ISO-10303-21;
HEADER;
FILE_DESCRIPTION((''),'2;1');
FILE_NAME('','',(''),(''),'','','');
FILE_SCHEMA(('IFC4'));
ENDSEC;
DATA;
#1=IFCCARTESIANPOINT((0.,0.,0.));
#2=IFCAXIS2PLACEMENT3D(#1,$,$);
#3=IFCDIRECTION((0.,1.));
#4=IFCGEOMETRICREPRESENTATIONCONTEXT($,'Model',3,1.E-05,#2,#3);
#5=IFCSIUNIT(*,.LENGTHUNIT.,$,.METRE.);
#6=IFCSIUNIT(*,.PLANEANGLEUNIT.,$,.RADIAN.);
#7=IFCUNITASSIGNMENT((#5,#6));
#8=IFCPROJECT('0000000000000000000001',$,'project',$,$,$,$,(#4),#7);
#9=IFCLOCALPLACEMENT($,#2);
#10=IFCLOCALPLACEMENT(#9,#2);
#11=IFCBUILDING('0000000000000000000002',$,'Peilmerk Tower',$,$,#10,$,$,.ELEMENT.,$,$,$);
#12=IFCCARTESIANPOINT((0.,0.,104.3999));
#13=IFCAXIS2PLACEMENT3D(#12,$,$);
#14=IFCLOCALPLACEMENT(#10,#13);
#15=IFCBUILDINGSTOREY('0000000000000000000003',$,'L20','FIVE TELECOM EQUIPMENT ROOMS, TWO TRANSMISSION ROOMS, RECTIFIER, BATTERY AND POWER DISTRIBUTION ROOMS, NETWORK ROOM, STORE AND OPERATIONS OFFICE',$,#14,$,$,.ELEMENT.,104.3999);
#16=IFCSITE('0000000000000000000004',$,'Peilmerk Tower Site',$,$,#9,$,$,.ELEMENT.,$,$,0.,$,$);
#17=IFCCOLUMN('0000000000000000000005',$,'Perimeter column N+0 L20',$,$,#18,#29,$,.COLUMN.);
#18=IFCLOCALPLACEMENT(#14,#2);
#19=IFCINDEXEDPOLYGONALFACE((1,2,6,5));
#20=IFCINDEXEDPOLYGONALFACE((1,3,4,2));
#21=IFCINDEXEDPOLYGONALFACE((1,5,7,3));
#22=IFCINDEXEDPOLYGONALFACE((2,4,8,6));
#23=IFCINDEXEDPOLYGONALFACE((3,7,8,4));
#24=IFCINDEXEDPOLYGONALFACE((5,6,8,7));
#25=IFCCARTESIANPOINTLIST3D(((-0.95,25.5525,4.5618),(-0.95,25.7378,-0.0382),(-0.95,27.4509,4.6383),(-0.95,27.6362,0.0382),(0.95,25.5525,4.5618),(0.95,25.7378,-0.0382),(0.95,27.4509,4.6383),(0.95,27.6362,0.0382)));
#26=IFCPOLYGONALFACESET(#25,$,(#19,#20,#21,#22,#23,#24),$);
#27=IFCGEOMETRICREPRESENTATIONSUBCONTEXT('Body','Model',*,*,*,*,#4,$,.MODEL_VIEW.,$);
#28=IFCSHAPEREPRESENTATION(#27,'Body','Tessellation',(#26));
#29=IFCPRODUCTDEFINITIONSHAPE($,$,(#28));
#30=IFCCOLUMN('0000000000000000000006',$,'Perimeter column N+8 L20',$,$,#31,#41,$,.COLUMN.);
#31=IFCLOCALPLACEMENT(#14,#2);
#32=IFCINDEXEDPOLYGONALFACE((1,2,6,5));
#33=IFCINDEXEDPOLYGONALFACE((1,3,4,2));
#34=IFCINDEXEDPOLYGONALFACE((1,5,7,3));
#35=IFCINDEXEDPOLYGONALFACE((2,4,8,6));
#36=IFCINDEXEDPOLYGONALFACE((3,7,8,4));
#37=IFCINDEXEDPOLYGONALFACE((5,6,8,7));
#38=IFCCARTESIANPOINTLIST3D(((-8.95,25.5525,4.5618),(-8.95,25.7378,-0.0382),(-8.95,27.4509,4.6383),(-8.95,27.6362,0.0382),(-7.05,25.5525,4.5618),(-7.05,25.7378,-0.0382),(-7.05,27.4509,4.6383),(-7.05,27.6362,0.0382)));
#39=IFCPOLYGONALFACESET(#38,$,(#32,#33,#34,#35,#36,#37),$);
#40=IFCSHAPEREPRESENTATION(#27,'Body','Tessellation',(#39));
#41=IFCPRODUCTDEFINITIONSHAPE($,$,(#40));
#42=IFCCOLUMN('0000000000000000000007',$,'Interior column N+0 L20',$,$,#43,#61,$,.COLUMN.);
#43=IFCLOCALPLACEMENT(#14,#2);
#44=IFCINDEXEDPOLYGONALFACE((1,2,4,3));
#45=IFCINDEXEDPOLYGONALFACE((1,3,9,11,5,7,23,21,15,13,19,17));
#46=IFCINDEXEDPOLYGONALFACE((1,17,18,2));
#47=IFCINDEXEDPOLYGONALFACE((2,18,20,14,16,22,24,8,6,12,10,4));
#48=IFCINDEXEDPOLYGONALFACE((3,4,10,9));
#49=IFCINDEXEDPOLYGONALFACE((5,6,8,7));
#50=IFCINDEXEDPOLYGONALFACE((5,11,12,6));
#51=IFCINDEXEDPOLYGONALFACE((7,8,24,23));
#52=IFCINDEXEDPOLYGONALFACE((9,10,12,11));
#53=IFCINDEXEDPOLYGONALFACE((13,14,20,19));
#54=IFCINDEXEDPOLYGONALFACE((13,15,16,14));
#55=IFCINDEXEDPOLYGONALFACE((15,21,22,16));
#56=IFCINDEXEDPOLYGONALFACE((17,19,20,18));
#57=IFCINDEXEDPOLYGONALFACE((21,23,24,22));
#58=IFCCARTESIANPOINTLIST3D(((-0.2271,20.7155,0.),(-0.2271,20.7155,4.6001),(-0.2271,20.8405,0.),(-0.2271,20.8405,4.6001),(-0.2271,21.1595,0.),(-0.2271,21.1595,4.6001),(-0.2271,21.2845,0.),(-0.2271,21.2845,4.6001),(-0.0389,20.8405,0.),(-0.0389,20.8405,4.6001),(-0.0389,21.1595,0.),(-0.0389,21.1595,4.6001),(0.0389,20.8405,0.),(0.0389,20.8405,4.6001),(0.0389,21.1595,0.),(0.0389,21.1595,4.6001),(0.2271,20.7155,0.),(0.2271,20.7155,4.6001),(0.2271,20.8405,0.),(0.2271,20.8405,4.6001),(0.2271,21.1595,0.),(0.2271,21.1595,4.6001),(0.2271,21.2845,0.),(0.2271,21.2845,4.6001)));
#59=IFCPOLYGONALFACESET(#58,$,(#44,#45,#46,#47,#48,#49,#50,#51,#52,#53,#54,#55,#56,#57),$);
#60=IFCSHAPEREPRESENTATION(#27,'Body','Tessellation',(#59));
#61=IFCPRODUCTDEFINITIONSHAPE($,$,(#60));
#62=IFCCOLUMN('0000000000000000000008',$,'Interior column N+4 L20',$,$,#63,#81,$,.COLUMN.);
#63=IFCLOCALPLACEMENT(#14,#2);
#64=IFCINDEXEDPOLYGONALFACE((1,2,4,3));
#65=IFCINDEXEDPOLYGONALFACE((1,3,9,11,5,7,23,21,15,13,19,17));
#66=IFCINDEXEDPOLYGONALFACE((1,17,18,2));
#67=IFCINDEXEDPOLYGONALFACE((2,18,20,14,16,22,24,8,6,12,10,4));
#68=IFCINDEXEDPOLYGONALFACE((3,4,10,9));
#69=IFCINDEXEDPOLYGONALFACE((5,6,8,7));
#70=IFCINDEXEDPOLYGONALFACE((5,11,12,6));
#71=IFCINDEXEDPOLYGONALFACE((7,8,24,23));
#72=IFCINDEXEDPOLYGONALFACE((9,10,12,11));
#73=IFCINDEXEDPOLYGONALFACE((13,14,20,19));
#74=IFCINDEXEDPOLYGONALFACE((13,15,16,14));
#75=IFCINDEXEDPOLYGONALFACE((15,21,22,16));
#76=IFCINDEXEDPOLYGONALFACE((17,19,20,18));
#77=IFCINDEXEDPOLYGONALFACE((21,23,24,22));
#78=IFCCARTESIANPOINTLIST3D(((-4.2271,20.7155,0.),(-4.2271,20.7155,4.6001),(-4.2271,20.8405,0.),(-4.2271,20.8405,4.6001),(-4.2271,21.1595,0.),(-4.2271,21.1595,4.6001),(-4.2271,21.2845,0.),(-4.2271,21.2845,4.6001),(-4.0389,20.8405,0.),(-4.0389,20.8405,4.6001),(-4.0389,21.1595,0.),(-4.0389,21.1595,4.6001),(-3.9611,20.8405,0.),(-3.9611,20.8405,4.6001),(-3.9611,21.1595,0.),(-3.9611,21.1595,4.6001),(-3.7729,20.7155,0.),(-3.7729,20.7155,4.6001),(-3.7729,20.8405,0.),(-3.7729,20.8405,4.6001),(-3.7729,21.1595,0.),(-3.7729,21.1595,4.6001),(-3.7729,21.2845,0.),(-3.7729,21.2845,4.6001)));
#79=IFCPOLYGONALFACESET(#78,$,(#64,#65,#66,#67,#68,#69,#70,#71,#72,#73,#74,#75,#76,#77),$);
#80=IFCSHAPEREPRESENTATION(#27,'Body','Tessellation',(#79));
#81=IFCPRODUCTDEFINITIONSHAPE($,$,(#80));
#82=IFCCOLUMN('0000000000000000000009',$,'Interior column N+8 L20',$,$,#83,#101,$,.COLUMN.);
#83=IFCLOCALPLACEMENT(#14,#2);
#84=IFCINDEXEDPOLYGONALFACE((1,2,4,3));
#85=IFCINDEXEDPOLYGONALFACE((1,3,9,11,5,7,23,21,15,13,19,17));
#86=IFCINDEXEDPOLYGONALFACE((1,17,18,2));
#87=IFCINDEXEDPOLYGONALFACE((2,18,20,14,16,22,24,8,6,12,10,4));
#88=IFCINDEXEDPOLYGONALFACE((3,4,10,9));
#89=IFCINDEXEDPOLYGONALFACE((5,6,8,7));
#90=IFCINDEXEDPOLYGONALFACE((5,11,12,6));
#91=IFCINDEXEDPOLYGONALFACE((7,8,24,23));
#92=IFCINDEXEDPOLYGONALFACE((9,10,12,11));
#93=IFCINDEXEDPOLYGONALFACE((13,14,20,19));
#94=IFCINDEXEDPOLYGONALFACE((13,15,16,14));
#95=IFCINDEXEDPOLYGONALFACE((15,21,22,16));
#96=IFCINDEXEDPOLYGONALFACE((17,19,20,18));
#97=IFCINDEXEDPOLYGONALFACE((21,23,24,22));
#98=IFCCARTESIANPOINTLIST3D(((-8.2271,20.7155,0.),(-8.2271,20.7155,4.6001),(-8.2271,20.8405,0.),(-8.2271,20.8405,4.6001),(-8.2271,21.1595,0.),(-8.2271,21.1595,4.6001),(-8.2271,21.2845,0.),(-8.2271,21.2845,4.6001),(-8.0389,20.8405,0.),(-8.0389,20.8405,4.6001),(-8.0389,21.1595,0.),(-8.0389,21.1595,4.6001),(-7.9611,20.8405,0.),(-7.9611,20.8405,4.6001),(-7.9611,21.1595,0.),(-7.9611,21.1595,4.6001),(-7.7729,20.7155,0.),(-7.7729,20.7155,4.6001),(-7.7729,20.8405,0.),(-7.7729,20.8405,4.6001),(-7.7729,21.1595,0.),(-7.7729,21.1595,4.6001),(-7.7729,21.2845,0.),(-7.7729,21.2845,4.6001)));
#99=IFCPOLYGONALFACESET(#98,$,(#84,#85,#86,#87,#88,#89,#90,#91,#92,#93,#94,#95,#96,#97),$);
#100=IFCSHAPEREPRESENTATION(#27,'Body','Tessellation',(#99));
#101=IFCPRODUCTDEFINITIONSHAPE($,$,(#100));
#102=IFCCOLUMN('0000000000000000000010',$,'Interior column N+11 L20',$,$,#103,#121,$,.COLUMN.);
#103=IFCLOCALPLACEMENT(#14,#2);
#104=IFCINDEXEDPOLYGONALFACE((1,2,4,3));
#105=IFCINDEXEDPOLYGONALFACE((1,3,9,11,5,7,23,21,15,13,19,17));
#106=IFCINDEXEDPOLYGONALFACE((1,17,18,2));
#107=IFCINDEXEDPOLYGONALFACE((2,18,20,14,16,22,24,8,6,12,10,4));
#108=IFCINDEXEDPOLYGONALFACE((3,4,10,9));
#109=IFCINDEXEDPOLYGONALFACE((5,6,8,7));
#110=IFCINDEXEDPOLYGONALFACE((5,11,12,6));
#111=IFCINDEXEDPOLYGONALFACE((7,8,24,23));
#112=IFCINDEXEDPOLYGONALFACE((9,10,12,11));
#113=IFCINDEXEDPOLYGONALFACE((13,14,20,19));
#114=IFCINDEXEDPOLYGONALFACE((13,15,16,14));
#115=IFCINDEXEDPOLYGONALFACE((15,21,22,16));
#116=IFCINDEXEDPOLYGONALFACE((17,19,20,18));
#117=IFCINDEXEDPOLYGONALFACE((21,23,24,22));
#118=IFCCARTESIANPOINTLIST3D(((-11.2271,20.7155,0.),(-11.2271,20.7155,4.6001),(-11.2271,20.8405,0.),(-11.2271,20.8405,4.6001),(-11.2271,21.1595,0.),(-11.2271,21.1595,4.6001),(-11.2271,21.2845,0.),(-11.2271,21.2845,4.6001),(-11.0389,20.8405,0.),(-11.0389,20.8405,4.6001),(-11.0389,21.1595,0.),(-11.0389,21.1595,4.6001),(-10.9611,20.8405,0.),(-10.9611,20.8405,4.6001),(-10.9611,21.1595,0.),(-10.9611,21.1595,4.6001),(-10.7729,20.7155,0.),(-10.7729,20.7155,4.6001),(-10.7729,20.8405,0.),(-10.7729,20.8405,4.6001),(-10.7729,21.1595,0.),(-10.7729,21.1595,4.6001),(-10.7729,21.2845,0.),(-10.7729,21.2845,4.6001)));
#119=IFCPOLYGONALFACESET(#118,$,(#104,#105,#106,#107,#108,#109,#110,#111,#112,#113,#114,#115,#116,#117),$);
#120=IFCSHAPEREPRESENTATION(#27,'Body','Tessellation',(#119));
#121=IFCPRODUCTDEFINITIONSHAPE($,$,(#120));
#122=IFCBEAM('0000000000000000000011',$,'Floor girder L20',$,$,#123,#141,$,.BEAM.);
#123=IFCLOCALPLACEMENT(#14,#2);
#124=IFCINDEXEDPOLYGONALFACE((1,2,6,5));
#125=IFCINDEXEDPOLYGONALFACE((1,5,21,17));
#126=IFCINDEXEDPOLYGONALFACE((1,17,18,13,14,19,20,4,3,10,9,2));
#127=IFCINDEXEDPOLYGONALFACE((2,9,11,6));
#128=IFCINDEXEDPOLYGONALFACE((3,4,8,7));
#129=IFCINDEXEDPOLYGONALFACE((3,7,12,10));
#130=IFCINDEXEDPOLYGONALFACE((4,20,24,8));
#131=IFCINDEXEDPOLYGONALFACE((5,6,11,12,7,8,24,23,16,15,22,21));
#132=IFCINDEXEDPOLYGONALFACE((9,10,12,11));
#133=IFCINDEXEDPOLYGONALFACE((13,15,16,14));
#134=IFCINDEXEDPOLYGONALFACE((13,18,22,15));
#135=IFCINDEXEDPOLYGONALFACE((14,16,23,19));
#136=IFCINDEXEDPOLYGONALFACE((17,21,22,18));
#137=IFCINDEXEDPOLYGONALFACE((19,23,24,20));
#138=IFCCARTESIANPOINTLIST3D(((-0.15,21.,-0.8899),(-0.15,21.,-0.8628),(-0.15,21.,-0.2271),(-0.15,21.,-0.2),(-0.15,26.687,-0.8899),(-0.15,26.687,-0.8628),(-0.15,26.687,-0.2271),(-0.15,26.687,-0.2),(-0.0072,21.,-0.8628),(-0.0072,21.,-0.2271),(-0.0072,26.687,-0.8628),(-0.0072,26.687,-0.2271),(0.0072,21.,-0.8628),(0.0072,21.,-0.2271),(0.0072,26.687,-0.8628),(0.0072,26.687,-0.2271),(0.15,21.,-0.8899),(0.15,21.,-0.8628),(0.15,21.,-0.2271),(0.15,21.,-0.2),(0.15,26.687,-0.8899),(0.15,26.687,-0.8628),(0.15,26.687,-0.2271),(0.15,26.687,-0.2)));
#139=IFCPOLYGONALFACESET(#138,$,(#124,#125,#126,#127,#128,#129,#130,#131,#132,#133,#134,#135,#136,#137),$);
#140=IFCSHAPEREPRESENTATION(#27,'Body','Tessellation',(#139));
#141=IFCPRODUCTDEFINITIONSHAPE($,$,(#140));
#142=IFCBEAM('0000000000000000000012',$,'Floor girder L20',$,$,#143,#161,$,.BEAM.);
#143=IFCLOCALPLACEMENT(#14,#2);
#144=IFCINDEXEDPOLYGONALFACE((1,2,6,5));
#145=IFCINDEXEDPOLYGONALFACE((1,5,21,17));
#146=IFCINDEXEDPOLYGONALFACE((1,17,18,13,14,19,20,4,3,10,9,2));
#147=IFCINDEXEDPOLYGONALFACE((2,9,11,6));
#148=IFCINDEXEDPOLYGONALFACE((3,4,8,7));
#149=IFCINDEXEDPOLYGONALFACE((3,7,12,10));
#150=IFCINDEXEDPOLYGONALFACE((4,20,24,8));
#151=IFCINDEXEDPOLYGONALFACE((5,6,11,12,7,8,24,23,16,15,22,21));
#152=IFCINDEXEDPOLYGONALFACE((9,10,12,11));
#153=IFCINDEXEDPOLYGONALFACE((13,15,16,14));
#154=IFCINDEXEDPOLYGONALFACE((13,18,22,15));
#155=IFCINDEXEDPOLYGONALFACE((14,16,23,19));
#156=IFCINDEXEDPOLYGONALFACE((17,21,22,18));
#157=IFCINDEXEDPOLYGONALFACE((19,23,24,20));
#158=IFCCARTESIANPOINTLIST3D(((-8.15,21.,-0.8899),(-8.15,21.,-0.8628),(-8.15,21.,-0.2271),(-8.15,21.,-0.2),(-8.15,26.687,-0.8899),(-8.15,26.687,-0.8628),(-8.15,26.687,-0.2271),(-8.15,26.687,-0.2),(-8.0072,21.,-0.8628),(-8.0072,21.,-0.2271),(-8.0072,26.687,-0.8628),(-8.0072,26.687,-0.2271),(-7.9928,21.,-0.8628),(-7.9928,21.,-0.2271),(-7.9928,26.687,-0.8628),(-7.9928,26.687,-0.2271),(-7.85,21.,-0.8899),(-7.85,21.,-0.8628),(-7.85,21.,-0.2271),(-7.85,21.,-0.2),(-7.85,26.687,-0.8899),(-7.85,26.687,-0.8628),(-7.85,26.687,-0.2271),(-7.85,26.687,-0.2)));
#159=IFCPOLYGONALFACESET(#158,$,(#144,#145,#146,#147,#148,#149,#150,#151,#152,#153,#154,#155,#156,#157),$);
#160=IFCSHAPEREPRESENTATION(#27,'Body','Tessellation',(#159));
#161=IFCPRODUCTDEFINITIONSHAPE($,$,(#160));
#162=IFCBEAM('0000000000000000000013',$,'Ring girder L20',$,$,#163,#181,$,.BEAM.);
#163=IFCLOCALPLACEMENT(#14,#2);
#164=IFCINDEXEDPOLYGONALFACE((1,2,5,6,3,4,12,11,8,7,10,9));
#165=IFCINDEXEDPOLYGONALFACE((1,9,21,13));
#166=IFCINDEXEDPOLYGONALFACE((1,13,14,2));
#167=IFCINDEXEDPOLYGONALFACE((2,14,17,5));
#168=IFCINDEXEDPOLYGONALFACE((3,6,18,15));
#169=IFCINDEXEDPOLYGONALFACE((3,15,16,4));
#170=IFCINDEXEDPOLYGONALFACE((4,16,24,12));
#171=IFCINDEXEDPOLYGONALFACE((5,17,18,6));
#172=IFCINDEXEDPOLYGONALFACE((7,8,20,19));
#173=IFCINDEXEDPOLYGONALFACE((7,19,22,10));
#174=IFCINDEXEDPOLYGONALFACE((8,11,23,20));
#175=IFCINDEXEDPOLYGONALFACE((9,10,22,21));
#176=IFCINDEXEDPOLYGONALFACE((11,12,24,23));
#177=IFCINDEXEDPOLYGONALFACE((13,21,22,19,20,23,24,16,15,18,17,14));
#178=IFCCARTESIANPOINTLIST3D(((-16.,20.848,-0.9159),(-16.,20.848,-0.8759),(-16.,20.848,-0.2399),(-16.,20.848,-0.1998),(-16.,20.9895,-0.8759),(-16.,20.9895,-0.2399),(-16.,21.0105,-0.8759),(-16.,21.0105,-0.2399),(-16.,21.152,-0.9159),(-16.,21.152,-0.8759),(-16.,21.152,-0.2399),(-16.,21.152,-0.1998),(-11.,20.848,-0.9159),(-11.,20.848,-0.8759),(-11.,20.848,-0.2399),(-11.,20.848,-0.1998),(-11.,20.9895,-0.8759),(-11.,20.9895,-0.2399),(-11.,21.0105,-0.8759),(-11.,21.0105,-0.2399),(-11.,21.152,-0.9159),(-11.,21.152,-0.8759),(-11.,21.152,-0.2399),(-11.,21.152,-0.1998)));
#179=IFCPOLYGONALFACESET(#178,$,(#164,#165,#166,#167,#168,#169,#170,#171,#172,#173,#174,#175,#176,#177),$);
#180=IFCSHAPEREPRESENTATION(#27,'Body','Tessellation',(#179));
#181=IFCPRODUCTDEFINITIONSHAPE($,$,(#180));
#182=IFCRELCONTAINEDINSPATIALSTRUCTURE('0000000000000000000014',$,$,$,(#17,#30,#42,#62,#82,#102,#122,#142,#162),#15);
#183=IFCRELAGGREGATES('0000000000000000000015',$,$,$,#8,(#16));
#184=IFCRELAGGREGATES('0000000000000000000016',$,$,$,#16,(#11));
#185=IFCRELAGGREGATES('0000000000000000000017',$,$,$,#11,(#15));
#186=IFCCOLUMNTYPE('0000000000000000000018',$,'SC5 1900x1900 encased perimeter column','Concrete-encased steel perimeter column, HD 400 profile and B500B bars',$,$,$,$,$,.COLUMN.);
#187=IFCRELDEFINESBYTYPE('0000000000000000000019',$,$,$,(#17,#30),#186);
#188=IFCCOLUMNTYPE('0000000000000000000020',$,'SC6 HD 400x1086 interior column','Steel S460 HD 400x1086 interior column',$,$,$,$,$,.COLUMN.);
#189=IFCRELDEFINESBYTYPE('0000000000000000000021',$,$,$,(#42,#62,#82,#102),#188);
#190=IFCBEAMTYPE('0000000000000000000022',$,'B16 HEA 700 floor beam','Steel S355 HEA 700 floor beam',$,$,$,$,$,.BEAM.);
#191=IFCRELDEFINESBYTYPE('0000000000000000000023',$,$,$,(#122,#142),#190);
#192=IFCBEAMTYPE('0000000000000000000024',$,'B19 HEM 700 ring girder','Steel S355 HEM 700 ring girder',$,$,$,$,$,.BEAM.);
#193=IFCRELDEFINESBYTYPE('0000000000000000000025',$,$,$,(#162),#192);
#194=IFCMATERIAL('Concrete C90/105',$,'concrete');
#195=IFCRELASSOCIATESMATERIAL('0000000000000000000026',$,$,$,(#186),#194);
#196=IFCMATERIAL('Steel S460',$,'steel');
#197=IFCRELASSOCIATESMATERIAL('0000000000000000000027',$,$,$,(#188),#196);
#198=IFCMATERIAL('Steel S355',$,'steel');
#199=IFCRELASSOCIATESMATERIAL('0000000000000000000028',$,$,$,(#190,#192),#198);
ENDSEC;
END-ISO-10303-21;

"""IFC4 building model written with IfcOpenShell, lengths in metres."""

from ifc_helpers import new_model, si_unit, direction, frame, origin, origin_2d, place, context, subcontext, project, spatial, rectangle, i_section, extrude, material, material_profile, profile_set, type_object, element, save


model = new_model("IFC4")

# Units and contexts
model_context = context("Model", 3, precision=1e-05, world=origin(), true_north=direction((0.0, 1.0)))
body_context = subcontext(model_context, "Body", "Model", "MODEL_VIEW")
ifc_project = project(units=[si_unit("LENGTHUNIT", "METRE"), si_unit("PLANEANGLEUNIT", "RADIAN")], contexts=[model_context])

# Site, building, storey
site_placement = place(None, origin())
site = spatial("IfcSite", under=ifc_project, at=site_placement, Name="Peilmerk Tower Site", CompositionType="ELEMENT", RefElevation=0.0)
building_placement = place(site_placement, origin())
building = spatial("IfcBuilding", under=site, at=building_placement, Name="Peilmerk Tower", CompositionType="ELEMENT")
storey_placement = place(building_placement, frame((0.0, 0.0, 104.3999)))
storey = spatial("IfcBuildingStorey", under=building, at=storey_placement, Name="L20", Description="FIVE TELECOM EQUIPMENT ROOMS, TWO TRANSMISSION ROOMS, RECTIFIER, BATTERY AND POWER DISTRIBUTION ROOMS, NETWORK ROOM, STORE AND OPERATIONS OFFICE", CompositionType="ELEMENT", Elevation=104.3999)

# Columns
ifc_material_1 = material(Name="Concrete C90/105", Category="concrete")
ifc_material_profile_1 = material_profile(ifc_material_1, rectangle(XDim=1.8999, YDim=1.8999, at=origin_2d()), Name="RC 1900x1900")
ifc_profile_set_1 = profile_set([ifc_material_profile_1], Name="Concrete C90/105")
column_type_1 = type_object("IfcColumnType", Name="SC5 1900x1900 encased perimeter column", Description="Concrete-encased steel perimeter column, HD 400 profile and B500B bars", PredefinedType="COLUMN", material=ifc_profile_set_1)
for number, where, z_axis, x_axis, name in (
    (1, (0.0, 26.687, 0.0), (0.0, -0.04025, 0.99919), (1.0, 0.0, 0.0), "Perimeter column N+0 L20"),
    (2, (-8.0, 26.687, 0.0), (0.0, -0.04025, 0.99919), (1.0, 0.0, 0.0), "Perimeter column N+8 L20"),
):
    element("IfcColumn", number, at=place(storey_placement, frame(where, z_axis=z_axis, x_axis=x_axis)), inside=storey, type_object=column_type_1, Name=name, PredefinedType="COLUMN", context=body_context, shape_type="SweptSolid", body=[
        extrude(rectangle(XDim=1.8999, YDim=1.8999, at=origin_2d()), origin(), (0.0, 0.0, 1.0), 4.6038),
    ])
ifc_material_2 = material(Name="Steel S460", Category="steel")
ifc_material_profile_2 = material_profile(ifc_material_2, i_section(OverallWidth=0.4541, OverallDepth=0.5691, WebThickness=0.0779, FlangeThickness=0.125, at=origin_2d()), Name="HD 400x1086")
ifc_profile_set_2 = profile_set([ifc_material_profile_2], Name="Steel S460")
column_type_2 = type_object("IfcColumnType", Name="SC6 HD 400x1086 interior column", Description="Steel S460 HD 400x1086 interior column", PredefinedType="COLUMN", material=ifc_profile_set_2)
for number, where, z_axis, x_axis, name in (
    (3, (0.0, 21.0, 0.0), (0.0, 0.0, 1.0), (1.0, 0.0, 0.0), "Interior column N+0 L20"),
    (4, (-4.0, 21.0, 0.0), (0.0, 0.0, 1.0), (1.0, 0.0, 0.0), "Interior column N+4 L20"),
    (5, (-8.0, 21.0, 0.0), (0.0, 0.0, 1.0), (1.0, 0.0, 0.0), "Interior column N+8 L20"),
    (6, (-11.0, 21.0, 0.0), (0.0, 0.0, 1.0), (1.0, 0.0, 0.0), "Interior column N+11 L20"),
):
    element("IfcColumn", number, at=place(storey_placement, frame(where, z_axis=z_axis, x_axis=x_axis)), inside=storey, type_object=column_type_2, Name=name, PredefinedType="COLUMN", context=body_context, shape_type="SweptSolid", body=[
        extrude(i_section(OverallWidth=0.4541, OverallDepth=0.5691, WebThickness=0.0779, FlangeThickness=0.125, at=origin_2d()), origin(), (0.0, 0.0, 1.0), 4.6001),
    ])

# Beams
ifc_material_3 = material(Name="Steel S355", Category="steel")
ifc_material_profile_3 = material_profile(ifc_material_3, i_section(OverallWidth=0.3, OverallDepth=0.6899, WebThickness=0.0144, FlangeThickness=0.0271, at=origin_2d()), Name="HEA 700")
ifc_profile_set_3 = profile_set([ifc_material_profile_3], Name="Steel S355")
beam_type_1 = type_object("IfcBeamType", Name="B16 HEA 700 floor beam", Description="Steel S355 HEA 700 floor beam", PredefinedType="BEAM", material=ifc_profile_set_3)
for number, where, z_axis, x_axis, name in (
    (7, (0.0, 21.0, -0.5449), (0.0, 1.0, 0.0), (-1.0, 0.0, 0.0), "Floor girder L20"),
    (8, (-8.0, 21.0, -0.5449), (0.0, 1.0, 0.0), (-1.0, 0.0, 0.0), "Floor girder L20"),
):
    element("IfcBeam", number, at=place(storey_placement, frame(where, z_axis=z_axis, x_axis=x_axis)), inside=storey, type_object=beam_type_1, Name=name, PredefinedType="BEAM", context=body_context, shape_type="SweptSolid", body=[
        extrude(i_section(OverallWidth=0.3, OverallDepth=0.6899, WebThickness=0.0144, FlangeThickness=0.0271, at=origin_2d()), origin(), (0.0, 0.0, 1.0), 5.687),
    ])
ifc_material_profile_4 = material_profile(ifc_material_3, i_section(OverallWidth=0.304, OverallDepth=0.7161, WebThickness=0.021, FlangeThickness=0.04, at=origin_2d()), Name="HEM 700")
ifc_profile_set_4 = profile_set([ifc_material_profile_4], Name="Steel S355")
beam_type_2 = type_object("IfcBeamType", Name="B19 HEM 700 ring girder", Description="Steel S355 HEM 700 ring girder", PredefinedType="BEAM", material=ifc_profile_set_4)
beam_1_placement = place(storey_placement, frame((-11.0, 21.0, -0.5579), z_axis=(-1.0, 0.0, 0.0), x_axis=(0.0, -1.0, 0.0)))
element("IfcBeam", 9, at=beam_1_placement, inside=storey, type_object=beam_type_2, Name="Ring girder L20", PredefinedType="BEAM", context=body_context, shape_type="SweptSolid", body=[
    extrude(i_section(OverallWidth=0.304, OverallDepth=0.7161, WebThickness=0.021, FlangeThickness=0.04, at=origin_2d()), origin(), (0.0, 0.0, 1.0), 5.0),
])

save(model, "model.ifc")
